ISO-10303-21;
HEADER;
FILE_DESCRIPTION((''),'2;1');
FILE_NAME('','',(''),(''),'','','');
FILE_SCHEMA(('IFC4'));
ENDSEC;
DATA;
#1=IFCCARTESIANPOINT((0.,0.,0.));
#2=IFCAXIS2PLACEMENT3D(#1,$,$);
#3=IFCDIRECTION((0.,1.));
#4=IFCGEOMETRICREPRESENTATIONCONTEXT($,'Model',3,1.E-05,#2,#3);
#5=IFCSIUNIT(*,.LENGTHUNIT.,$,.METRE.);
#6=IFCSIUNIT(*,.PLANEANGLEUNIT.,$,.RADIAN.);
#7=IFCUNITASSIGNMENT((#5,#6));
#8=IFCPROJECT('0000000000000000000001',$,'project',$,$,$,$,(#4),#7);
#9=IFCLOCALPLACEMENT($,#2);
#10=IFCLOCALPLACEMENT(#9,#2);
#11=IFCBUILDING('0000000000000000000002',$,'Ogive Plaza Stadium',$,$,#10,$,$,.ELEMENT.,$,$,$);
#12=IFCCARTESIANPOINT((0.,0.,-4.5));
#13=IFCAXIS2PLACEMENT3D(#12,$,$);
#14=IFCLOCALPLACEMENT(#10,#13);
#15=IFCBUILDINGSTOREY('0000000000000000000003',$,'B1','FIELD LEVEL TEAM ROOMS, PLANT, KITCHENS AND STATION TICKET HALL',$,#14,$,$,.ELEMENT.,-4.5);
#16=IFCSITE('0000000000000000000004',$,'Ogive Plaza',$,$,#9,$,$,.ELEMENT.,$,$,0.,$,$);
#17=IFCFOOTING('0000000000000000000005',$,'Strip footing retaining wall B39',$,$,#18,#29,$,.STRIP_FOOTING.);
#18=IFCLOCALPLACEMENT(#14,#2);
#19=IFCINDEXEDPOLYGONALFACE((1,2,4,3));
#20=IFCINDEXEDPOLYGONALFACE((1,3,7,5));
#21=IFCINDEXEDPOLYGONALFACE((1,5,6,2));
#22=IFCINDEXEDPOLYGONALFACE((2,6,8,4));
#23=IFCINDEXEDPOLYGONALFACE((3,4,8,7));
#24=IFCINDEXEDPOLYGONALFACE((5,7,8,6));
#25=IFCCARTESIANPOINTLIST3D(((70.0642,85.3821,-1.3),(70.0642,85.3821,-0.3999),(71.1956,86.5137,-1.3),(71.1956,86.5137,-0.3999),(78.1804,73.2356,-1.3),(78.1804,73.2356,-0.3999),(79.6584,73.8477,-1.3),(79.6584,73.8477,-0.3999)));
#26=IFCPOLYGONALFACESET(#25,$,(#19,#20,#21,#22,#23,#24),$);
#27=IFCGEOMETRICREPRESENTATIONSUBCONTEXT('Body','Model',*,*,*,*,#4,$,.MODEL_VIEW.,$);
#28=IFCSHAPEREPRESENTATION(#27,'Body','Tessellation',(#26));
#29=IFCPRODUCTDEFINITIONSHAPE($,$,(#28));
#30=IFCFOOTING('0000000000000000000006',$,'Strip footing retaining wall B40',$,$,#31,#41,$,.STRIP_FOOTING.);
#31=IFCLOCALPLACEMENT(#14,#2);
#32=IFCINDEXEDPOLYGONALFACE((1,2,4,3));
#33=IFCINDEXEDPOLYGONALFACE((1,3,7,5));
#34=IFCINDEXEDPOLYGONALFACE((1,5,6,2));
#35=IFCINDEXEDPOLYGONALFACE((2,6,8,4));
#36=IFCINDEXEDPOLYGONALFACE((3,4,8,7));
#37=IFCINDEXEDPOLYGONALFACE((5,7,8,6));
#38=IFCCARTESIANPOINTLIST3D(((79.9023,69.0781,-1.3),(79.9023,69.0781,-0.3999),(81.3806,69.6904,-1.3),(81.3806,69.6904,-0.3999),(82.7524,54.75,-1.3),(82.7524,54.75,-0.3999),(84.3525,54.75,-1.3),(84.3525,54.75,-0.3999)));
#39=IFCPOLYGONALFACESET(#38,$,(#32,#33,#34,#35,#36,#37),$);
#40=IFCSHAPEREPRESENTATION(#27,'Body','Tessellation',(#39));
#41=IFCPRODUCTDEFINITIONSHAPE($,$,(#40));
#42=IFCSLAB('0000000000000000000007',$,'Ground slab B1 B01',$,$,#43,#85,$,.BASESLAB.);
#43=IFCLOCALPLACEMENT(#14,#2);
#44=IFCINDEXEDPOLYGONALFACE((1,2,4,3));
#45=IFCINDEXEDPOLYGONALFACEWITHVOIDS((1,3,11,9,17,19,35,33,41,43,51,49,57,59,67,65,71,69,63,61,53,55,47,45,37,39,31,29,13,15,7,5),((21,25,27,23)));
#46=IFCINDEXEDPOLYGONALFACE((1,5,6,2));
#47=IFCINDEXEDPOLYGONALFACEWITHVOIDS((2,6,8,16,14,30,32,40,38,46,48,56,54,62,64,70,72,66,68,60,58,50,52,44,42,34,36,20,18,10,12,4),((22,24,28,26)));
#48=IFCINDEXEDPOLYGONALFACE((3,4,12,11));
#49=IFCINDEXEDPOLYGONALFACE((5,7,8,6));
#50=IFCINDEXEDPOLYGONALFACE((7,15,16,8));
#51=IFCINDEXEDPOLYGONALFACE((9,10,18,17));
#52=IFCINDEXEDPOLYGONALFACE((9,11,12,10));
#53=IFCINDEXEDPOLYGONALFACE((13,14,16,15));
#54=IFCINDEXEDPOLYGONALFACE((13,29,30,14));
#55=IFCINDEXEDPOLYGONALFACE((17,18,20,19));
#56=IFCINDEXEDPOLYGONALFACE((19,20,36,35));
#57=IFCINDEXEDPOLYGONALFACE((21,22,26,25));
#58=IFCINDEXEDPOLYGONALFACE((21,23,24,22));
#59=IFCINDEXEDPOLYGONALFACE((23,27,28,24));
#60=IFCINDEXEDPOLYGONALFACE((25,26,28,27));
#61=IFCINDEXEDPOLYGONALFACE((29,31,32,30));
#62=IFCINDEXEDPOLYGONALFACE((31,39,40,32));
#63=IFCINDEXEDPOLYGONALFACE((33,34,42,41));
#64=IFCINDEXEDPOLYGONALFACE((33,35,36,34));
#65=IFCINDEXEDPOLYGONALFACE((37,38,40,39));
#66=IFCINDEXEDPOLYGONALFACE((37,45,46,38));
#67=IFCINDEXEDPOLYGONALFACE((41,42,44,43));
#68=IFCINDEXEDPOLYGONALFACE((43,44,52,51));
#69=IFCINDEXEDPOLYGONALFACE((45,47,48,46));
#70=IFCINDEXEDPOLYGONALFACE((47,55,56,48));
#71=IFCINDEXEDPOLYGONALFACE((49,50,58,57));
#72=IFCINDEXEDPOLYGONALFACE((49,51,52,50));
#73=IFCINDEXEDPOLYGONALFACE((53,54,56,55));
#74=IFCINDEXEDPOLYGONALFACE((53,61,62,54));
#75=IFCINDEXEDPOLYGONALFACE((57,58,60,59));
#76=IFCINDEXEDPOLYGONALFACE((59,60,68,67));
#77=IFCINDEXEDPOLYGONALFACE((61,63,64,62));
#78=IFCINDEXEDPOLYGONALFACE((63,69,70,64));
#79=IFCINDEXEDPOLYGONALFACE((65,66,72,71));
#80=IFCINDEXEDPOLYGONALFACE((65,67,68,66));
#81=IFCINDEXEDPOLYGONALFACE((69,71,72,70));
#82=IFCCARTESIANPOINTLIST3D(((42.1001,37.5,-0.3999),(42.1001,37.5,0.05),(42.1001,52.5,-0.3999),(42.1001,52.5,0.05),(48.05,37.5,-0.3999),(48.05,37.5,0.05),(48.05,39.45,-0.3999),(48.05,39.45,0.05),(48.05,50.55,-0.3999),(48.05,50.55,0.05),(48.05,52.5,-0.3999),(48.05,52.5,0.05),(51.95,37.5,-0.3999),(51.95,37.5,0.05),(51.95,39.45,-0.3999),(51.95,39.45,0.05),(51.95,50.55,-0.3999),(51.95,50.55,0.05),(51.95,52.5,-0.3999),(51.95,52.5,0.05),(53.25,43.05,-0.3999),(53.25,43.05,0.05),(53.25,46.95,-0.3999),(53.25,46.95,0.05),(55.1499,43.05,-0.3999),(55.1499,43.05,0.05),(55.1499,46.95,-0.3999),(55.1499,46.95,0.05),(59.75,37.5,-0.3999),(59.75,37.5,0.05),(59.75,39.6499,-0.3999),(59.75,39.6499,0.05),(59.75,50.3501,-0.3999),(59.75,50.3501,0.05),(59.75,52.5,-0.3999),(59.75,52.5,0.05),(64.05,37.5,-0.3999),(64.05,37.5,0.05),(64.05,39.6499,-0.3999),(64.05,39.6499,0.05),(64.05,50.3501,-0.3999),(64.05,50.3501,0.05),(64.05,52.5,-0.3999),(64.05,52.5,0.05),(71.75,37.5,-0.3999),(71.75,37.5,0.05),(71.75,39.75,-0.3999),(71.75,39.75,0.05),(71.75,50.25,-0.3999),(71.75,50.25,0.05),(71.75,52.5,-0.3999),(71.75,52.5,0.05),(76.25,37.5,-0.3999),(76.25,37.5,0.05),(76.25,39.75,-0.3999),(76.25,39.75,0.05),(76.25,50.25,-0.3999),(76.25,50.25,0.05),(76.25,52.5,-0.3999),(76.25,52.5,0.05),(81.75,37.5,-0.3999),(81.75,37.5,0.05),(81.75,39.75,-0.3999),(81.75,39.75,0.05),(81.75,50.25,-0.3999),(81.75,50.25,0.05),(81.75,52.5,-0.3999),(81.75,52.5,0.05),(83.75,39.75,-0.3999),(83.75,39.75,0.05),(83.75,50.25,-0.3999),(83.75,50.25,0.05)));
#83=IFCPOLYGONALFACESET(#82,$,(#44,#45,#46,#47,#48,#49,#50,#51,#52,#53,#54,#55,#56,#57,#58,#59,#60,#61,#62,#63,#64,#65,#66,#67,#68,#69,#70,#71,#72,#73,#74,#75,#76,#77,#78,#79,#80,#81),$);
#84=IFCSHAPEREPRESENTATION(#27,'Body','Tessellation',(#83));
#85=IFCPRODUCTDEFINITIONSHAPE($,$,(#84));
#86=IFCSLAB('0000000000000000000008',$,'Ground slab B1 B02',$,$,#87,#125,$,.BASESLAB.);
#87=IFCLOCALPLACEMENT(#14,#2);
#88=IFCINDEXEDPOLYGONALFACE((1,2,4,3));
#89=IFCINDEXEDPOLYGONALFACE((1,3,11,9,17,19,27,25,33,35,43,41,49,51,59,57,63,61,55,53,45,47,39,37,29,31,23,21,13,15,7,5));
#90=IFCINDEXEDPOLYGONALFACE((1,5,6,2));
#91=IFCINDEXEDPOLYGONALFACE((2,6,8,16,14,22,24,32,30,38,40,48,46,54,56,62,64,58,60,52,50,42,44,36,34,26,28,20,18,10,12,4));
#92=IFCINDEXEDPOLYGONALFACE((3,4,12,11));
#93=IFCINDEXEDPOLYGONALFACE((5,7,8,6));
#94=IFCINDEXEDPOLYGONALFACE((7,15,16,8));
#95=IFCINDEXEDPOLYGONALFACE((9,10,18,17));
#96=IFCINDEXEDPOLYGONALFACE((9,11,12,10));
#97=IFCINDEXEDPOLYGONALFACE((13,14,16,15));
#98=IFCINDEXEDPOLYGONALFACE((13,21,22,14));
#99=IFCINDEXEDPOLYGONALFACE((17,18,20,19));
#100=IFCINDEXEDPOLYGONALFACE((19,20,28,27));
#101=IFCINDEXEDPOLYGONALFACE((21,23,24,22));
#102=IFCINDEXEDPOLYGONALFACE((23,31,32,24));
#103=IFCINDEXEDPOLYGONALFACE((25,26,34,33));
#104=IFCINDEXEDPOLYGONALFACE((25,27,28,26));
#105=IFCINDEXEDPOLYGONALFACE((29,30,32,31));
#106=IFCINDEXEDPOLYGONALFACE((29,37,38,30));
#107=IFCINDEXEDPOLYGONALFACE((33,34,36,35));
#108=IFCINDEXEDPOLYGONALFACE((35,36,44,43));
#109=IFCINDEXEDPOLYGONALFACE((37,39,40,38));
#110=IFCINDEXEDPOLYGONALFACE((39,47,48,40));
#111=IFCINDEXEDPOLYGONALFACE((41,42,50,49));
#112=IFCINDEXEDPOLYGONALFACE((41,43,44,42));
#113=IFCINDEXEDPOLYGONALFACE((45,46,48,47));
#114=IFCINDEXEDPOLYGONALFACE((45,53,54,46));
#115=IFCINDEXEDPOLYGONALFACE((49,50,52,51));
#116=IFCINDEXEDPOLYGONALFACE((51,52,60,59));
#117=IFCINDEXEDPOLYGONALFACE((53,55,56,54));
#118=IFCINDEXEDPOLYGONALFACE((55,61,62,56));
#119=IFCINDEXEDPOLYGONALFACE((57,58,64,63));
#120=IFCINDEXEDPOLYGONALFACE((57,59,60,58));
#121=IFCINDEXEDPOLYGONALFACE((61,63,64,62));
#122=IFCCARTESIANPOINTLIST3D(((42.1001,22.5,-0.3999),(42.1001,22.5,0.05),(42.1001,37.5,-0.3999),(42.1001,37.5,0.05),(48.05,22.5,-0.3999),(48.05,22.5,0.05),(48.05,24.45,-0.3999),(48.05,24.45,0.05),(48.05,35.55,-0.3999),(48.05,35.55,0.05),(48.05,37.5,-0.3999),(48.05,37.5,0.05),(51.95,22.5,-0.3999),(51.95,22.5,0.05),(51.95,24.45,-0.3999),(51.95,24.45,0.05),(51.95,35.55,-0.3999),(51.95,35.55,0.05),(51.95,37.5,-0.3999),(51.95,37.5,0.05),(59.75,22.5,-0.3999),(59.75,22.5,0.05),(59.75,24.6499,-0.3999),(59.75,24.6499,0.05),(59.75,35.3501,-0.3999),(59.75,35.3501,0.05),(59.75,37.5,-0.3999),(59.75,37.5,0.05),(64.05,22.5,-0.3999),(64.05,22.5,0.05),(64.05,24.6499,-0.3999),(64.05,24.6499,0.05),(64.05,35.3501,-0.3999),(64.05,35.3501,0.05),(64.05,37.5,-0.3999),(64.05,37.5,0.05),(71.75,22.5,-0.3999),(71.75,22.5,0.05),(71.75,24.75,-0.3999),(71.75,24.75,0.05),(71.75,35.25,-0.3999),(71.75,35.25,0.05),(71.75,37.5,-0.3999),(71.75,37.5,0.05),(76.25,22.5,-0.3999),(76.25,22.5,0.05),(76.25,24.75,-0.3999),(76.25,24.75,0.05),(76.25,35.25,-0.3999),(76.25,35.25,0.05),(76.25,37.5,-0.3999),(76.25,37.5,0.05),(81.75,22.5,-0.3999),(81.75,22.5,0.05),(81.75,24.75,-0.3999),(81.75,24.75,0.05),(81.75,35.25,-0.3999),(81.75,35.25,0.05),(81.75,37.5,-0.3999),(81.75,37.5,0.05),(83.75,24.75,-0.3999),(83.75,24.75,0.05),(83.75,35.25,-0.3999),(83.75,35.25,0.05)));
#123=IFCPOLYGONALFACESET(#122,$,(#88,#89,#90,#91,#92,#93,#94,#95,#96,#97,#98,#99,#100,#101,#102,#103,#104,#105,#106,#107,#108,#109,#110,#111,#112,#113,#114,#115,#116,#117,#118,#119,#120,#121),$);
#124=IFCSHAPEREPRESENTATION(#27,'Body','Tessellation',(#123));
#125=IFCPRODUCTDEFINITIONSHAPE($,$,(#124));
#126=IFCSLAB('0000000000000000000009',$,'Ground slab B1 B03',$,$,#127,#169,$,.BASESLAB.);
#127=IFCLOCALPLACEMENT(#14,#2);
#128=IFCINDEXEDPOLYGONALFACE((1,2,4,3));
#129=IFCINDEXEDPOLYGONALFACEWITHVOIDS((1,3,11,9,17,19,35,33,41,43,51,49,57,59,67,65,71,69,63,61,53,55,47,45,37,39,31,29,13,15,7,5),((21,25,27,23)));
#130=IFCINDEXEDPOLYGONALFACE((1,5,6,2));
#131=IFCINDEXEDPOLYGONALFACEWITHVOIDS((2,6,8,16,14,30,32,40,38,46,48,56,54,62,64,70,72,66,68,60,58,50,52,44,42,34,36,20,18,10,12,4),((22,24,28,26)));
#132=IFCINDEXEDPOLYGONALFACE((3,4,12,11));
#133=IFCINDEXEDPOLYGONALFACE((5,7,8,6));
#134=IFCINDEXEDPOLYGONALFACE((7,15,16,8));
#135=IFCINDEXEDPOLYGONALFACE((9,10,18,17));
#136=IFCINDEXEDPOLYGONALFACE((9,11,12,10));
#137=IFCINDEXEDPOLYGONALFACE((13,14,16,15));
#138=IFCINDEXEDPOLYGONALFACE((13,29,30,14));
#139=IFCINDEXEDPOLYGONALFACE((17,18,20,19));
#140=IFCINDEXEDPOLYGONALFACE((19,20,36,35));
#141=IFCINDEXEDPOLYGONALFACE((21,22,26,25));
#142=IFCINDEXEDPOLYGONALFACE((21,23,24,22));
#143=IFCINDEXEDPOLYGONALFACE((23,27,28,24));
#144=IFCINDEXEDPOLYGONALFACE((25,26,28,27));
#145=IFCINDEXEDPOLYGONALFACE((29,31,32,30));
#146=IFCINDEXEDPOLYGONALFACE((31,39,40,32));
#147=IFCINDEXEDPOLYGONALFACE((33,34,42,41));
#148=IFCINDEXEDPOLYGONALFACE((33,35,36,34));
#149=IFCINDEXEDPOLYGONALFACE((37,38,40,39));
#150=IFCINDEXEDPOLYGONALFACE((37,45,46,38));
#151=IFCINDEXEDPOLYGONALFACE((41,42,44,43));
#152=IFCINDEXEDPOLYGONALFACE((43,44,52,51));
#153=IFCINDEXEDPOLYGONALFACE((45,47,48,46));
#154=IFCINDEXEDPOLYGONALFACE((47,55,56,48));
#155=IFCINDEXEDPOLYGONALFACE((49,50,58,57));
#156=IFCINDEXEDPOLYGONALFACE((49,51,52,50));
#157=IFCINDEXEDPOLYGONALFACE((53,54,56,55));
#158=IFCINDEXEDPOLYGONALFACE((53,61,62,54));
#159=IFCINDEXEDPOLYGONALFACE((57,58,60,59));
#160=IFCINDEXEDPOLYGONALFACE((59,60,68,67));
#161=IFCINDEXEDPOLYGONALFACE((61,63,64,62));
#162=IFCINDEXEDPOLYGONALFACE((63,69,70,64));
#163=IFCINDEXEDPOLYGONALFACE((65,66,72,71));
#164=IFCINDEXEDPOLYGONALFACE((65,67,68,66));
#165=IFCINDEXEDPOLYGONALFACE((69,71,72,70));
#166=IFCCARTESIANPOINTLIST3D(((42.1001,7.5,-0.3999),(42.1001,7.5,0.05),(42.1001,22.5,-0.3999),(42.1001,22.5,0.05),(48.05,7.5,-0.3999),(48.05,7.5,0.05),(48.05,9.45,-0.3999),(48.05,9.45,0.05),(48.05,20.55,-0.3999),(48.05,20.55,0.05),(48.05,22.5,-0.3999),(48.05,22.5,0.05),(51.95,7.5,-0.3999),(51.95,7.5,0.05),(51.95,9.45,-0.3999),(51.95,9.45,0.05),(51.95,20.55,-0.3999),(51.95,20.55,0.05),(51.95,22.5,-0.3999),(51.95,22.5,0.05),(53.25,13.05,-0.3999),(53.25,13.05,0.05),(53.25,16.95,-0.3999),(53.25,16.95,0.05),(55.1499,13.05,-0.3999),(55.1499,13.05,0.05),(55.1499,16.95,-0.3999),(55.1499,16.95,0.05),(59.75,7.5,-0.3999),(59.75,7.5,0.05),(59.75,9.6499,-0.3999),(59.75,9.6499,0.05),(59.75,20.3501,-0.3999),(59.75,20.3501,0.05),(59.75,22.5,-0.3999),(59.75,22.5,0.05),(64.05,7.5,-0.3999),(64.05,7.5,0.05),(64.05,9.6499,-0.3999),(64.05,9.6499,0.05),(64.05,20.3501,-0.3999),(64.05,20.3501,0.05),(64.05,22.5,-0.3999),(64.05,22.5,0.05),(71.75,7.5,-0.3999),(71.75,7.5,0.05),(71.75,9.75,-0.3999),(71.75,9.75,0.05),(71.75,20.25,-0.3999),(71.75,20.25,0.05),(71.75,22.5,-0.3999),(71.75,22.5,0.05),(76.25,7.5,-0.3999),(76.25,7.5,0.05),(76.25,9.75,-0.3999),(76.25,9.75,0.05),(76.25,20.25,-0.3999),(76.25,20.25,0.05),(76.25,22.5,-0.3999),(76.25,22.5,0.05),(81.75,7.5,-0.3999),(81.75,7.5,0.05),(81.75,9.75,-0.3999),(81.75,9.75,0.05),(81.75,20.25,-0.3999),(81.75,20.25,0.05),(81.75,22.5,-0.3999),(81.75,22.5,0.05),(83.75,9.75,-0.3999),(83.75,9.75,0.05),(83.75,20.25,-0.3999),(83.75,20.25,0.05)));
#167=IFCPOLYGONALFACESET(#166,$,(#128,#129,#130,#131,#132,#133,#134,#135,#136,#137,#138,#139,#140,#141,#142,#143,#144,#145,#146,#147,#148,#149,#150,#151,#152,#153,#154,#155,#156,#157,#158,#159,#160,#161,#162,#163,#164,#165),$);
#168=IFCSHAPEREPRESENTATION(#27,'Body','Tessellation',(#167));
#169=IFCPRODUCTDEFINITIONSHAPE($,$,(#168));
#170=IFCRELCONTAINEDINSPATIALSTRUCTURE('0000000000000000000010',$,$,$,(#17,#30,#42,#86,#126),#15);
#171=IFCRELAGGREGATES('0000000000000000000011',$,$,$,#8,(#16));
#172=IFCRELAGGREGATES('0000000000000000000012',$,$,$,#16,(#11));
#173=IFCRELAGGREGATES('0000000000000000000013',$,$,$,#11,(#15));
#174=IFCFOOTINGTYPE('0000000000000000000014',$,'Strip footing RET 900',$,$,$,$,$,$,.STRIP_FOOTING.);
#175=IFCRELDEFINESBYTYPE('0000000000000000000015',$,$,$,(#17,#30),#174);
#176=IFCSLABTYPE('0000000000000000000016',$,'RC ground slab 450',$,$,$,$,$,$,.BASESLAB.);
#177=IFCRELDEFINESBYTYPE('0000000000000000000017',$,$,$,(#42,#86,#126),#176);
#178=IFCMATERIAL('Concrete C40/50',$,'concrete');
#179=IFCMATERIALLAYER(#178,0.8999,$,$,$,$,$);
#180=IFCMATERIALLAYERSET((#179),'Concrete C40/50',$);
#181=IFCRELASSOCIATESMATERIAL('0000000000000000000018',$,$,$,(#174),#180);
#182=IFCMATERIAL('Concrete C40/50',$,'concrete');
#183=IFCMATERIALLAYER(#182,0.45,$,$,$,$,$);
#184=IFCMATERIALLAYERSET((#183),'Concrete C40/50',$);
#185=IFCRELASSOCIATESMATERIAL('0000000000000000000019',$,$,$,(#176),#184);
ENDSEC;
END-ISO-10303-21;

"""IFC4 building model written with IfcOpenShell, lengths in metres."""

from ifc_helpers import new_model, si_unit, direction, frame, origin, place, context, subcontext, project, spatial, polyline, outline, extrude, material, layer, layer_set, type_object, element, save


model = new_model("IFC4")

# Units and contexts
model_context = context("Model", 3, precision=1e-05, world=origin(), true_north=direction((0.0, 1.0)))
body_context = subcontext(model_context, "Body", "Model", "MODEL_VIEW")
ifc_project = project(units=[si_unit("LENGTHUNIT", "METRE"), si_unit("PLANEANGLEUNIT", "RADIAN")], contexts=[model_context])

# Site, building, storey
site_placement = place(None, origin())
site = spatial("IfcSite", under=ifc_project, at=site_placement, Name="Ogive Plaza", CompositionType="ELEMENT", RefElevation=0.0)
building_placement = place(site_placement, origin())
building = spatial("IfcBuilding", under=site, at=building_placement, Name="Ogive Plaza Stadium", CompositionType="ELEMENT")
storey_placement = place(building_placement, frame((0.0, 0.0, -4.5)))
storey = spatial("IfcBuildingStorey", under=building, at=storey_placement, Name="B1", Description="FIELD LEVEL TEAM ROOMS, PLANT, KITCHENS AND STATION TICKET HALL", CompositionType="ELEMENT", Elevation=-4.5)

# Footings
ifc_material_1 = material(Name="Concrete C40/50", Category="concrete")
ifc_layer_1 = layer(ifc_material_1, 0.8999)
ifc_layer_set_1 = layer_set([ifc_layer_1], Name="Concrete C40/50")
footing_type = type_object("IfcFootingType", Name="Strip footing RET 900", PredefinedType="STRIP_FOOTING", material=ifc_layer_set_1)
footing_1_placement = place(storey_placement, frame((0.0, 0.0, -1.3)))
element("IfcFooting", 1, at=footing_1_placement, inside=storey, type_object=footing_type, Name="Strip footing retaining wall B39", PredefinedType="STRIP_FOOTING", context=body_context, shape_type="SweptSolid", body=[
    extrude(outline(polyline([(78.1804, 73.2356), (79.6584, 73.8477), (71.1956, 86.5137), (70.0642, 85.3821), (78.1804, 73.2356)])), origin(), (0.0, 0.0, 1.0), 0.9001),
])
footing_2_placement = place(storey_placement, frame((0.0, 0.0, -1.3)))
element("IfcFooting", 2, at=footing_2_placement, inside=storey, type_object=footing_type, Name="Strip footing retaining wall B40", PredefinedType="STRIP_FOOTING", context=body_context, shape_type="SweptSolid", body=[
    extrude(outline(polyline([(82.7524, 54.75), (84.3525, 54.75), (81.3806, 69.6904), (79.9023, 69.0781), (82.7524, 54.75)])), origin(), (0.0, 0.0, 1.0), 0.9001),
])

# Slabs
ifc_material_2 = material(Name="Concrete C40/50", Category="concrete")
ifc_layer_2 = layer(ifc_material_2, 0.45)
ifc_layer_set_2 = layer_set([ifc_layer_2], Name="Concrete C40/50")
slab_type = type_object("IfcSlabType", Name="RC ground slab 450", PredefinedType="BASESLAB", material=ifc_layer_set_2)
slab_1_placement = place(storey_placement, frame((0.0, 0.0, -0.3999)))
element("IfcSlab", 3, at=slab_1_placement, inside=storey, type_object=slab_type, Name="Ground slab B1 B01", PredefinedType="BASESLAB", context=body_context, shape_type="SweptSolid", body=[
    extrude(outline(polyline([(48.05, 37.5), (48.05, 39.45), (51.95, 39.45), (51.95, 37.5), (59.75, 37.5), (59.75, 39.6499), (64.05, 39.6499), (64.05, 37.5), (71.75, 37.5), (71.75, 39.75), (76.25, 39.75), (76.25, 37.5), (81.75, 37.5), (81.75, 39.75), (83.75, 39.75), (83.75, 50.25), (81.75, 50.25), (81.75, 52.5), (76.25, 52.5), (76.25, 50.25), (71.75, 50.25), (71.75, 52.5), (64.05, 52.5), (64.05, 50.3501), (59.75, 50.3501), (59.75, 52.5), (51.95, 52.5), (51.95, 50.55), (48.05, 50.55), (48.05, 52.5), (42.1001, 52.5), (42.1001, 37.5), (48.05, 37.5)]), holes=[polyline([(55.1499, 46.95), (53.25, 46.95), (53.25, 43.05), (55.1499, 43.05), (55.1499, 46.95)])]), origin(), (0.0, 0.0, 1.0), 0.45),
])
slab_2_placement = place(storey_placement, frame((0.0, 0.0, -0.3999)))
element("IfcSlab", 4, at=slab_2_placement, inside=storey, type_object=slab_type, Name="Ground slab B1 B02", PredefinedType="BASESLAB", context=body_context, shape_type="SweptSolid", body=[
    extrude(outline(polyline([(48.05, 22.5), (48.05, 24.45), (51.95, 24.45), (51.95, 22.5), (59.75, 22.5), (59.75, 24.6499), (64.05, 24.6499), (64.05, 22.5), (71.75, 22.5), (71.75, 24.75), (76.25, 24.75), (76.25, 22.5), (81.75, 22.5), (81.75, 24.75), (83.75, 24.75), (83.75, 35.25), (81.75, 35.25), (81.75, 37.5), (76.25, 37.5), (76.25, 35.25), (71.75, 35.25), (71.75, 37.5), (64.05, 37.5), (64.05, 35.3501), (59.75, 35.3501), (59.75, 37.5), (51.95, 37.5), (51.95, 35.55), (48.05, 35.55), (48.05, 37.5), (42.1001, 37.5), (42.1001, 22.5), (48.05, 22.5)])), origin(), (0.0, 0.0, 1.0), 0.45),
])
slab_3_placement = place(storey_placement, frame((0.0, 0.0, -0.3999)))
element("IfcSlab", 5, at=slab_3_placement, inside=storey, type_object=slab_type, Name="Ground slab B1 B03", PredefinedType="BASESLAB", context=body_context, shape_type="SweptSolid", body=[
    extrude(outline(polyline([(48.05, 7.5), (48.05, 9.45), (51.95, 9.45), (51.95, 7.5), (59.75, 7.5), (59.75, 9.6499), (64.05, 9.6499), (64.05, 7.5), (71.75, 7.5), (71.75, 9.75), (76.25, 9.75), (76.25, 7.5), (81.75, 7.5), (81.75, 9.75), (83.75, 9.75), (83.75, 20.25), (81.75, 20.25), (81.75, 22.5), (76.25, 22.5), (76.25, 20.25), (71.75, 20.25), (71.75, 22.5), (64.05, 22.5), (64.05, 20.3501), (59.75, 20.3501), (59.75, 22.5), (51.95, 22.5), (51.95, 20.55), (48.05, 20.55), (48.05, 22.5), (42.1001, 22.5), (42.1001, 7.5), (48.05, 7.5)]), holes=[polyline([(55.1499, 16.95), (53.25, 16.95), (53.25, 13.05), (55.1499, 13.05), (55.1499, 16.95)])]), origin(), (0.0, 0.0, 1.0), 0.45),
])

save(model, "model.ifc")
